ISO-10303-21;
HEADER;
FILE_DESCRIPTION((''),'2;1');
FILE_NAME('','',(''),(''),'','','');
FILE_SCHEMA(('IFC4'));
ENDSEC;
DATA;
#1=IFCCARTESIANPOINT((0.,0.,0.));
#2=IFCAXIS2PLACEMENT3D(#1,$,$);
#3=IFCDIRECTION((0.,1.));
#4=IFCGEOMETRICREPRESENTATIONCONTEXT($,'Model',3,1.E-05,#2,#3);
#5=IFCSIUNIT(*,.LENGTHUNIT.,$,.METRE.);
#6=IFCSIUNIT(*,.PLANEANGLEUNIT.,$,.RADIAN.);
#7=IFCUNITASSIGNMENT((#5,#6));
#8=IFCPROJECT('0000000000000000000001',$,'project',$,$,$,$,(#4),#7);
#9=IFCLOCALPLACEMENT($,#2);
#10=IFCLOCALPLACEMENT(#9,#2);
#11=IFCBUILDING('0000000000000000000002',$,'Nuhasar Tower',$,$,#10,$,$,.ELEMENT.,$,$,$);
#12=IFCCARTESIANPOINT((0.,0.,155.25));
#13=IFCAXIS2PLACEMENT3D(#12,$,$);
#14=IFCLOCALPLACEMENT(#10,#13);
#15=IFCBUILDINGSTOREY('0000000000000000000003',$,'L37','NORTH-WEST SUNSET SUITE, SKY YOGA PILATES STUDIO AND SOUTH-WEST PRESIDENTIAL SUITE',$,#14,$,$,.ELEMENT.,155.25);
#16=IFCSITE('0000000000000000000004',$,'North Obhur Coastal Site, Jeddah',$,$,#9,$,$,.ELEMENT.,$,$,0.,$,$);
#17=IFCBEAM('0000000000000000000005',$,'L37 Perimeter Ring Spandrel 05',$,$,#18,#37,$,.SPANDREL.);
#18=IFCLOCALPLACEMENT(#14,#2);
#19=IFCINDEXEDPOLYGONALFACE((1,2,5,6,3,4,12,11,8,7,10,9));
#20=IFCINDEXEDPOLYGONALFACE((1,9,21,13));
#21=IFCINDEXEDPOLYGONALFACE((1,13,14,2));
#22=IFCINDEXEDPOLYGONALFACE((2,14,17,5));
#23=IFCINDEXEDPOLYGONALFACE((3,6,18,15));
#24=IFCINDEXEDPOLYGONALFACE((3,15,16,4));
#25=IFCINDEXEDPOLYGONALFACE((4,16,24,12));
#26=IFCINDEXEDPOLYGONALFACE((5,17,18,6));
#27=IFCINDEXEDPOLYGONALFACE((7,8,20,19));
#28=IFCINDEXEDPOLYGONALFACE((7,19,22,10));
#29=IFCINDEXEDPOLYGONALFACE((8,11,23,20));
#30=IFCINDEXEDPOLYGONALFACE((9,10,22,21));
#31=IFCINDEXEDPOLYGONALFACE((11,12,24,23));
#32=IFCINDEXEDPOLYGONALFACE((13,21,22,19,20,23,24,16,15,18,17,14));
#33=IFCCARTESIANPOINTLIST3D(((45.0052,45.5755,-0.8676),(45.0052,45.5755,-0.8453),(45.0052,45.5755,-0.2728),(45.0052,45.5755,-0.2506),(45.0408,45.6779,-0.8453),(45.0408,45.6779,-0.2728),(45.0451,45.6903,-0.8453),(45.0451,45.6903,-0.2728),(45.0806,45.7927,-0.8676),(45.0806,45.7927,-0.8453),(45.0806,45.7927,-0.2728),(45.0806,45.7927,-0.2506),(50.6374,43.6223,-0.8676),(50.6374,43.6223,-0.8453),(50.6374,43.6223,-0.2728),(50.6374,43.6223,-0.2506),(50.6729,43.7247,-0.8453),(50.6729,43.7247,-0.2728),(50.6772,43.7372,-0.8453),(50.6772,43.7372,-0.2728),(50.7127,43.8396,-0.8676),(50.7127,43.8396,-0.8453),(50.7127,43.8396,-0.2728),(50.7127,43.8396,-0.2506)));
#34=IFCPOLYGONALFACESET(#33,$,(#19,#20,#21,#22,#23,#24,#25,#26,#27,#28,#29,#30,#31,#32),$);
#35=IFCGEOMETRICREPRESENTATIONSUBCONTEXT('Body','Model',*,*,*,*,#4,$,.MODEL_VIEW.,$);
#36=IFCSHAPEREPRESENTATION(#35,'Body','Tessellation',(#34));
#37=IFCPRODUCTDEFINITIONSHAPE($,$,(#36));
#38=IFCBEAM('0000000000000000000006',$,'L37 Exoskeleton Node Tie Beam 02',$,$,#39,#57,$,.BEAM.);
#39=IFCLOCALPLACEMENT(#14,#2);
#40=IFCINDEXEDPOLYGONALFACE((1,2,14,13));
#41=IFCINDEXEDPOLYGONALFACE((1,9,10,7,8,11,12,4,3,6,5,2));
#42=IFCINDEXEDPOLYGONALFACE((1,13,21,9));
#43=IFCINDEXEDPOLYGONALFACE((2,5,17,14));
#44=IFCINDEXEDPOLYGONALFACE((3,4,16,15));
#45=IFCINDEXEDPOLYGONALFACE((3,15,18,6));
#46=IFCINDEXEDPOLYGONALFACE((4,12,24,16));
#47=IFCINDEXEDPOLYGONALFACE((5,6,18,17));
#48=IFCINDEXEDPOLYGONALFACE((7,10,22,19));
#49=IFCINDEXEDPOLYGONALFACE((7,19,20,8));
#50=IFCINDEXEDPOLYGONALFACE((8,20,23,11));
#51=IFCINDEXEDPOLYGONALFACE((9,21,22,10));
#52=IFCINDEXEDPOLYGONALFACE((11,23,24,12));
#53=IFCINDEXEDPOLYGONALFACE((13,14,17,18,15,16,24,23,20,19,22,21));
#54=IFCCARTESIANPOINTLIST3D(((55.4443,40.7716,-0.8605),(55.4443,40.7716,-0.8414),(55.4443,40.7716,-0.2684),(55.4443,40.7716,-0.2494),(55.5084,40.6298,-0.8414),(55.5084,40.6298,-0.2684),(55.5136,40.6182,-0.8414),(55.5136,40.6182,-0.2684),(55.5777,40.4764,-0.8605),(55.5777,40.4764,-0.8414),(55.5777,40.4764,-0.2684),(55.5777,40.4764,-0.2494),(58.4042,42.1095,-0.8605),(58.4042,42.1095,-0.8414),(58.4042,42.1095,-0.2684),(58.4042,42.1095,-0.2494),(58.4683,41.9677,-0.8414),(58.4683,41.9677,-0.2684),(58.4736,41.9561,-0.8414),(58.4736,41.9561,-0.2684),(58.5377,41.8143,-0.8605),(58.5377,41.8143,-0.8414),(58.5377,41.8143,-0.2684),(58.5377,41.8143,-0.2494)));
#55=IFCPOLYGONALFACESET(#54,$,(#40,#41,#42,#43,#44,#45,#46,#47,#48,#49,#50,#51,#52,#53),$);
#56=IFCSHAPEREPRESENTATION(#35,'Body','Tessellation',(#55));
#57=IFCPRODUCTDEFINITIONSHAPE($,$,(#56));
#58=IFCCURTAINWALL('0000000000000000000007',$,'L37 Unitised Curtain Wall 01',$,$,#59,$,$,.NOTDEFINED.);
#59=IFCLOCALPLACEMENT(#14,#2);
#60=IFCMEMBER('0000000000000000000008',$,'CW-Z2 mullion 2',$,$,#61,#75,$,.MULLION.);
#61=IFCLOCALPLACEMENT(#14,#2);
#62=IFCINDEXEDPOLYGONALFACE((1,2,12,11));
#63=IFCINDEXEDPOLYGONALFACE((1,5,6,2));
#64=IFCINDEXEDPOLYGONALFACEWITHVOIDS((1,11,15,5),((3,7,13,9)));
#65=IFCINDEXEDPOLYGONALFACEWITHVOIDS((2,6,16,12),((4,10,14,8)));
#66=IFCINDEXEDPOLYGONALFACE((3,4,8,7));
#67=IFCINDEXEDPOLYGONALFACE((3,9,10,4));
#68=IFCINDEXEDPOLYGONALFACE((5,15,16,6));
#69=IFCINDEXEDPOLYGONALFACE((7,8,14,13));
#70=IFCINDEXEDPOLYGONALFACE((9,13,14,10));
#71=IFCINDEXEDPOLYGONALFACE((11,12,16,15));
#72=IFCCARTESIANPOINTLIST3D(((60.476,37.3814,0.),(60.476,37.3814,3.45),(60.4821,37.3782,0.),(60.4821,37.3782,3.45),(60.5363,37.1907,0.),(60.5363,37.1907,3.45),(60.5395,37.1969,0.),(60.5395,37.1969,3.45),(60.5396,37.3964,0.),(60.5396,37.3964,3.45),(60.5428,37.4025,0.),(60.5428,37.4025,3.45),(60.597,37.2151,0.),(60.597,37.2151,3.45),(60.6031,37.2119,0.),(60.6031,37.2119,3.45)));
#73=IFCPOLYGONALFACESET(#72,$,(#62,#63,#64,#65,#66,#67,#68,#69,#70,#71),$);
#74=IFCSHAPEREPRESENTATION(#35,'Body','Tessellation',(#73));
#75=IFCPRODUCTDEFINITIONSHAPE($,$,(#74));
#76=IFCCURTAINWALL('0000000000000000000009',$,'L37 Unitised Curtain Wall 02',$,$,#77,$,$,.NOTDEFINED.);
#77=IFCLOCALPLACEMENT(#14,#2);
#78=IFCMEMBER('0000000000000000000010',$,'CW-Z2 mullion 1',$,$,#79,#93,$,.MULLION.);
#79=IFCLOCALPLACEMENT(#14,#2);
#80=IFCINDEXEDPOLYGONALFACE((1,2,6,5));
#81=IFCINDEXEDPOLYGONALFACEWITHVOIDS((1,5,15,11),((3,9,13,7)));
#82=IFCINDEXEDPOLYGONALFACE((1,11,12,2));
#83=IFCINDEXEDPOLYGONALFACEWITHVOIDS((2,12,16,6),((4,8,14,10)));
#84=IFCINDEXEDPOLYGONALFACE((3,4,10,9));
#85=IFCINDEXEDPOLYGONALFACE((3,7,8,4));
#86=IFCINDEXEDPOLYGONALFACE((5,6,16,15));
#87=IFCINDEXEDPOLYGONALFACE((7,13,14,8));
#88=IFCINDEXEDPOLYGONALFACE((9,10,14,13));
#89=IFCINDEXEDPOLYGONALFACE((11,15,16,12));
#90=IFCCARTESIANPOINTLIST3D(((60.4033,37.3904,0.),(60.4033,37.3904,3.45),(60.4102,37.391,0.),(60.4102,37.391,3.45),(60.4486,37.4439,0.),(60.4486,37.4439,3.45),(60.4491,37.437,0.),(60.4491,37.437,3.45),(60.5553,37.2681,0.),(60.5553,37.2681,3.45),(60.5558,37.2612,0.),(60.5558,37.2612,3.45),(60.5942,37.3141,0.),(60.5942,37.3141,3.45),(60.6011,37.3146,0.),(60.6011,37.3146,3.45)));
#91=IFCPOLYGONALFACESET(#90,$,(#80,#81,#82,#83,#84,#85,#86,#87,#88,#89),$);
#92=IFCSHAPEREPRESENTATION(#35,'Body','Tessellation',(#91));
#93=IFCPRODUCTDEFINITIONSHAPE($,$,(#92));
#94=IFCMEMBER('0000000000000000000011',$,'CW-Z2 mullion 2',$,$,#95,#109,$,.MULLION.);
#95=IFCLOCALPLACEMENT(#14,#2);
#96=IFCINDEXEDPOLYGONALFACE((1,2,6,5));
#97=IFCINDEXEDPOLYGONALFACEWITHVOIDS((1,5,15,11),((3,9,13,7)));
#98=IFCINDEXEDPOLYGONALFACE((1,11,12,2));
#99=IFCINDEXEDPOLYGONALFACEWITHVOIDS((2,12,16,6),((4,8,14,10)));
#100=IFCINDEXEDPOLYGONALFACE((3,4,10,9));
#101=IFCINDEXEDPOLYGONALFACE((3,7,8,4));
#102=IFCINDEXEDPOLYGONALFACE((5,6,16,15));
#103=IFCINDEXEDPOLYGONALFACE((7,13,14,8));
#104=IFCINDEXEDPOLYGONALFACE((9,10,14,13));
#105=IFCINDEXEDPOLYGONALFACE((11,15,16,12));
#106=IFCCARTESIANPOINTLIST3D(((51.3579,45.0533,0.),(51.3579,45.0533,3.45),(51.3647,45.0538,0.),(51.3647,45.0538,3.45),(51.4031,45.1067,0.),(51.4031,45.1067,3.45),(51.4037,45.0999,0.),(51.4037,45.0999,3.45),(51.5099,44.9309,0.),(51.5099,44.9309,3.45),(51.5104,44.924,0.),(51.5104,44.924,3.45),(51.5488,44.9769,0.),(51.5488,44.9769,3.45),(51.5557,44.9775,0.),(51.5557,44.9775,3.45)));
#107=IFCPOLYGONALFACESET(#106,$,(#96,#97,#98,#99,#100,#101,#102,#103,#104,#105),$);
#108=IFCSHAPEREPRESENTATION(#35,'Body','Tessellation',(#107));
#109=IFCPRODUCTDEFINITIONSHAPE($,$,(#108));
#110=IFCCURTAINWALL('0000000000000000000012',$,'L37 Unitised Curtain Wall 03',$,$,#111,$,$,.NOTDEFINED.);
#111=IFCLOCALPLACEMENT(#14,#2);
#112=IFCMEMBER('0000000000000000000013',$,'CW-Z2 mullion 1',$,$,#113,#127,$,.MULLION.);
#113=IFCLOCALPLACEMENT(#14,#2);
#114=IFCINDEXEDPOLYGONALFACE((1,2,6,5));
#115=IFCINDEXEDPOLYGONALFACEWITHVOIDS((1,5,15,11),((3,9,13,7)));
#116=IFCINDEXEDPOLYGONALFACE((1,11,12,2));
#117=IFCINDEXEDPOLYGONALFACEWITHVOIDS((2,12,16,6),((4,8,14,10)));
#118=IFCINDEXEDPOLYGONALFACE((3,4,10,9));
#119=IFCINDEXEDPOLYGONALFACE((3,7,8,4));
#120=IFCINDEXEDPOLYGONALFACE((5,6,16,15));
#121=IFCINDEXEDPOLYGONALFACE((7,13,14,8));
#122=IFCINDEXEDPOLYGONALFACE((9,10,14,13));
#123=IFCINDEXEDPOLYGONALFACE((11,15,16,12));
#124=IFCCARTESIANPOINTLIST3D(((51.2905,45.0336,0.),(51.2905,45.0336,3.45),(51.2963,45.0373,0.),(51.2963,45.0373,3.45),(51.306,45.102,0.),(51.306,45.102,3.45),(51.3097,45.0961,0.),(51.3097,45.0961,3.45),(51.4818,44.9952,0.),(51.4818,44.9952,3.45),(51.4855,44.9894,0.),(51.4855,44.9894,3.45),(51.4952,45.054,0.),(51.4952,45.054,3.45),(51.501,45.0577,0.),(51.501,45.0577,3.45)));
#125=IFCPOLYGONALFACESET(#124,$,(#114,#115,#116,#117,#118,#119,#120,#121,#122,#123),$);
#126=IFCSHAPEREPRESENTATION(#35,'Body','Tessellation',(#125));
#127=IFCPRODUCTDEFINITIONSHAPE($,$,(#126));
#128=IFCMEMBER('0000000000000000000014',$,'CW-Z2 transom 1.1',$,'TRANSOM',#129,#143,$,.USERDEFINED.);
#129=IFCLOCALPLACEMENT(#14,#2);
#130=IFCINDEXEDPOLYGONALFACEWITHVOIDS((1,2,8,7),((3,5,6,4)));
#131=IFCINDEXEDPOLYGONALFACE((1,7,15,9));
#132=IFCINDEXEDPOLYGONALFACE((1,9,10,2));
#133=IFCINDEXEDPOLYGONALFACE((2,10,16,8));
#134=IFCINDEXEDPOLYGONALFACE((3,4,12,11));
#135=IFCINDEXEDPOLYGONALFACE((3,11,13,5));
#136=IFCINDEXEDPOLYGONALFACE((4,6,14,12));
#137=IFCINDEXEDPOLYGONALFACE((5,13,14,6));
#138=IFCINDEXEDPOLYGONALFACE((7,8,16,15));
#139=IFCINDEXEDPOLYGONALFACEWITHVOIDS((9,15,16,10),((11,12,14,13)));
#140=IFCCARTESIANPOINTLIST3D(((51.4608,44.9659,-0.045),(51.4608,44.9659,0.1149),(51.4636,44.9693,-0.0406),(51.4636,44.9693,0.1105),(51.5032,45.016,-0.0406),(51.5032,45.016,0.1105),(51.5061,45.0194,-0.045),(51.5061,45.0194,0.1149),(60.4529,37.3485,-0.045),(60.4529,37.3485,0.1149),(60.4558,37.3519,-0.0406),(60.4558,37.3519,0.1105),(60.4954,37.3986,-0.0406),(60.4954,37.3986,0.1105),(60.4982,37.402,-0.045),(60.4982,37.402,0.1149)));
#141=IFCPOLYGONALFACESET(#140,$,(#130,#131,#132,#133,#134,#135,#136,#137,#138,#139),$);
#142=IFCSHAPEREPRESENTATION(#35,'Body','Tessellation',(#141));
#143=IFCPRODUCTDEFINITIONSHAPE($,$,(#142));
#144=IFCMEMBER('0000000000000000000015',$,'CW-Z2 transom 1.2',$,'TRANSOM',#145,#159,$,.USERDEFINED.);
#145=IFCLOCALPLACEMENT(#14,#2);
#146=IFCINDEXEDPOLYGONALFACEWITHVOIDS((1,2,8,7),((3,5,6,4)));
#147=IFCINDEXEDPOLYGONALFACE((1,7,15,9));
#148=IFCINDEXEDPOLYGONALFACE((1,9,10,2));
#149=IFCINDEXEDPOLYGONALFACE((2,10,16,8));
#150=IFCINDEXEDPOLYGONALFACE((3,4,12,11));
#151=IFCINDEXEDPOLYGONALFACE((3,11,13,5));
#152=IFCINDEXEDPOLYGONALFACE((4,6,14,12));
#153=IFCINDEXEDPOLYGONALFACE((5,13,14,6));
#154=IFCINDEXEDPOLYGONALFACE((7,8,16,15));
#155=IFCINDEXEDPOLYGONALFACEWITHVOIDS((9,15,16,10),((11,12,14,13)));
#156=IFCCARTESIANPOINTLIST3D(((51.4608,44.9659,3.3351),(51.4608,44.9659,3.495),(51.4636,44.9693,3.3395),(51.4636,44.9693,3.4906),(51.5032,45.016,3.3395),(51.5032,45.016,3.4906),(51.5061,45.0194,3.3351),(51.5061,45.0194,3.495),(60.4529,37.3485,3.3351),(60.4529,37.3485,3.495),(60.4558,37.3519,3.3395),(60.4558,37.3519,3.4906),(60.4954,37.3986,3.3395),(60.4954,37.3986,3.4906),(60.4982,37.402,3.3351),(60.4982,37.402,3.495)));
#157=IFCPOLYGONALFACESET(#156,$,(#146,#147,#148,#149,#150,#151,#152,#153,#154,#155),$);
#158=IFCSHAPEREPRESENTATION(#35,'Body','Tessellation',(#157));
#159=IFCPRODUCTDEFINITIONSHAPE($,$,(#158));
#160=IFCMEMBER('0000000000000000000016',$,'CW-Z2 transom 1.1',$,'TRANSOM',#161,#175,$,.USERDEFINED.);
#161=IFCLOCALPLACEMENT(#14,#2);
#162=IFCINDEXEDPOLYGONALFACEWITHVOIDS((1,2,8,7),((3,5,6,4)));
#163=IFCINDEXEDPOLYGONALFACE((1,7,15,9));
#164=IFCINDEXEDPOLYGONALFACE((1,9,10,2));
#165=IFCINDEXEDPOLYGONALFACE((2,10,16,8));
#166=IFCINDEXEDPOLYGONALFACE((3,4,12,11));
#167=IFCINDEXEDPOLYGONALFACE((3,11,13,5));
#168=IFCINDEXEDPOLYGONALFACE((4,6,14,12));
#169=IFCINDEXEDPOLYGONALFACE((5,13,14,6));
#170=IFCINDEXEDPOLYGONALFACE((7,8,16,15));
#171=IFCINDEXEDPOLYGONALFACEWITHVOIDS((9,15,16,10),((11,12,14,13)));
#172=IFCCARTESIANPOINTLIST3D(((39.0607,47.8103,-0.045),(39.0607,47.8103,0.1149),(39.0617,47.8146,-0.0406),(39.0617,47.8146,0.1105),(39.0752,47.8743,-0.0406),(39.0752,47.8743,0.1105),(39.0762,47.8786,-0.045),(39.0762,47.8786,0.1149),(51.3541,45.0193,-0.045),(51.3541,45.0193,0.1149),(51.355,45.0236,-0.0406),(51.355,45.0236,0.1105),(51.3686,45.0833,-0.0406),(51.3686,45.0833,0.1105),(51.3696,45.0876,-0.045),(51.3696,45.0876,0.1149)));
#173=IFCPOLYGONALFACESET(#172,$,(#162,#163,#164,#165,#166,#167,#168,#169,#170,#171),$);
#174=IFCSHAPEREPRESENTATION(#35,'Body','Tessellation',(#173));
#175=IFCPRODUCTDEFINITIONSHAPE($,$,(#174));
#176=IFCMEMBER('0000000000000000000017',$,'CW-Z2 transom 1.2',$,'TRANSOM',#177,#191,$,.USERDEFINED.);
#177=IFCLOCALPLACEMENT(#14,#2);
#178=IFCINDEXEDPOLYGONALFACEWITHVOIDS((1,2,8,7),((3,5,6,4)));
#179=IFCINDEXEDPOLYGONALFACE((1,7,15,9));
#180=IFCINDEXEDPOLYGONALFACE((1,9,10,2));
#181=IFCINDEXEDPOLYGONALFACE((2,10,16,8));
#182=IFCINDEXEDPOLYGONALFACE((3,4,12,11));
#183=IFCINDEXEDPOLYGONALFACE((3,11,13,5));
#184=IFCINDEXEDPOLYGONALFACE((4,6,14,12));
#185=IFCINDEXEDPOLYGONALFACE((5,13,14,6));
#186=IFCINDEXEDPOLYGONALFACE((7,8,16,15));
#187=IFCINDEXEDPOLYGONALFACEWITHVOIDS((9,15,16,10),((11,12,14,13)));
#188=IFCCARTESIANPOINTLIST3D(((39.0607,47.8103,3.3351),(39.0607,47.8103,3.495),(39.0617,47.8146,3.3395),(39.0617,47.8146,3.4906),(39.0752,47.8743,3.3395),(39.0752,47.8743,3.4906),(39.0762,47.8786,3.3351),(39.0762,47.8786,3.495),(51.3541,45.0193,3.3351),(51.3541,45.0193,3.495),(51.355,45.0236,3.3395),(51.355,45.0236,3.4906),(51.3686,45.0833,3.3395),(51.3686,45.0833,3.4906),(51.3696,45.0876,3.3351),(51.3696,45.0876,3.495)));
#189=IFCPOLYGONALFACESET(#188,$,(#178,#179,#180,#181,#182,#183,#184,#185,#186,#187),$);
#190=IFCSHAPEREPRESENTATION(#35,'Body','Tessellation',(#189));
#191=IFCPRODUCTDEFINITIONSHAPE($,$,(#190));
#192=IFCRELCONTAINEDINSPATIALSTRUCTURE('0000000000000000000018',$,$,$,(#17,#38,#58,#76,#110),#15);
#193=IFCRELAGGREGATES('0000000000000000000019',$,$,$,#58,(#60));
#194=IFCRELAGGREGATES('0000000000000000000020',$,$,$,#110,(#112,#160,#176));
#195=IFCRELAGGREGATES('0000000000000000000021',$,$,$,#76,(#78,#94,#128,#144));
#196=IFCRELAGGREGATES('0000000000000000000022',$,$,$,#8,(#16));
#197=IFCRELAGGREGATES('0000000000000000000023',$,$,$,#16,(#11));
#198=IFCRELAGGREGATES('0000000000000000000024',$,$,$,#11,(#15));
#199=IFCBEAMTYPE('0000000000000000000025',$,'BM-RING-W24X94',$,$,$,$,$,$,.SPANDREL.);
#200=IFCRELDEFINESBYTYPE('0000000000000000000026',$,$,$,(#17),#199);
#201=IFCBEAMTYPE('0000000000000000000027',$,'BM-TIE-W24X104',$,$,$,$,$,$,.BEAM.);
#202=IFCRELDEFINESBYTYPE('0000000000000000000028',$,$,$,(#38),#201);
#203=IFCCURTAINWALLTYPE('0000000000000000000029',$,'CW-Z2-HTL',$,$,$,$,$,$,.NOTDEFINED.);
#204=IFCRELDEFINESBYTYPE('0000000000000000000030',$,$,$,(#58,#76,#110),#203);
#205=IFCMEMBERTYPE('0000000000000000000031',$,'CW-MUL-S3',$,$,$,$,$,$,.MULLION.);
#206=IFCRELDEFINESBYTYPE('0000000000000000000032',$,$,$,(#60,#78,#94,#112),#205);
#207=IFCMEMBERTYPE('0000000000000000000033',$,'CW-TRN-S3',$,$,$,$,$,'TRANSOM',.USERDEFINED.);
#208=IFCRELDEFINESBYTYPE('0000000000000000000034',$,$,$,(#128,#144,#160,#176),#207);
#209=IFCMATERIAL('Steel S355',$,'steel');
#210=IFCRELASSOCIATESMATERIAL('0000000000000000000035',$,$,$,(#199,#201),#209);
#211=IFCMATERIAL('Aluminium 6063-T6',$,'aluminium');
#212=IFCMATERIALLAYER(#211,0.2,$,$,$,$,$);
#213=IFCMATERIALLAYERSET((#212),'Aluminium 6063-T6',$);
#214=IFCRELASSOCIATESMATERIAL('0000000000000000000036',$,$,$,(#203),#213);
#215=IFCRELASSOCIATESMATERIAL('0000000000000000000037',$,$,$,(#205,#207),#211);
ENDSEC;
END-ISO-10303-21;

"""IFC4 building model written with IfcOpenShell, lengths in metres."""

from ifc_helpers import new_model, si_unit, direction, frame, origin, origin_2d, place, context, subcontext, project, spatial, hollow_rectangle, i_section, extrude, material, layer, layer_set, material_profile, profile_set, type_object, element, aggregate, save


model = new_model("IFC4")

# Units and contexts
model_context = context("Model", 3, precision=1e-05, world=origin(), true_north=direction((0.0, 1.0)))
body_context = subcontext(model_context, "Body", "Model", "MODEL_VIEW")
ifc_project = project(units=[si_unit("LENGTHUNIT", "METRE"), si_unit("PLANEANGLEUNIT", "RADIAN")], contexts=[model_context])

# Site, building, storey
site_placement = place(None, origin())
site = spatial("IfcSite", under=ifc_project, at=site_placement, Name="North Obhur Coastal Site, Jeddah", CompositionType="ELEMENT", RefElevation=0.0)
building_placement = place(site_placement, origin())
building = spatial("IfcBuilding", under=site, at=building_placement, Name="Nuhasar Tower", CompositionType="ELEMENT")
storey_placement = place(building_placement, frame((0.0, 0.0, 155.25)))
storey = spatial("IfcBuildingStorey", under=building, at=storey_placement, Name="L37", Description="NORTH-WEST SUNSET SUITE, SKY YOGA PILATES STUDIO AND SOUTH-WEST PRESIDENTIAL SUITE", CompositionType="ELEMENT", Elevation=155.25)

# Beams
ifc_material_1 = material(Name="Steel S355", Category="steel")
ifc_material_profile_1 = material_profile(ifc_material_1, i_section(OverallWidth=0.23, OverallDepth=0.6169, WebThickness=0.0132, FlangeThickness=0.0222, at=origin_2d()), Name="W24X94")
ifc_profile_set_1 = profile_set([ifc_material_profile_1], Name="Steel S355")
beam_type_1 = type_object("IfcBeamType", Name="BM-RING-W24X94", PredefinedType="SPANDREL", material=ifc_profile_set_1)
beam_1_placement = place(storey_placement, frame((50.675, 43.731, -0.5591), z_axis=(-0.944801, 0.327644, 0.0), x_axis=(-0.327644, -0.944801, 0.0)))
element("IfcBeam", 1, at=beam_1_placement, inside=storey, type_object=beam_type_1, Name="L37 Perimeter Ring Spandrel 05", PredefinedType="SPANDREL", context=body_context, shape_type="SweptSolid", body=[
    extrude(i_section(OverallWidth=0.23, OverallDepth=0.6169, WebThickness=0.0132, FlangeThickness=0.0222, at=origin_2d()), origin(), (0.0, 0.0, 1.0), 5.9612),
])
ifc_material_profile_2 = material_profile(ifc_material_1, i_section(OverallWidth=0.324, OverallDepth=0.6111, WebThickness=0.0127, FlangeThickness=0.019, at=origin_2d()), Name="W24X104")
ifc_profile_set_2 = profile_set([ifc_material_profile_2], Name="Steel S355")
beam_type_2 = type_object("IfcBeamType", Name="BM-TIE-W24X104", PredefinedType="BEAM", material=ifc_profile_set_2)
beam_2_placement = place(storey_placement, frame((55.511, 40.624, -0.5549), z_axis=(0.91124, 0.411877, 0.0), x_axis=(-0.411877, 0.91124, 0.0)))
element("IfcBeam", 2, at=beam_2_placement, inside=storey, type_object=beam_type_2, Name="L37 Exoskeleton Node Tie Beam 02", PredefinedType="BEAM", context=body_context, shape_type="SweptSolid", body=[
    extrude(i_section(OverallWidth=0.324, OverallDepth=0.6111, WebThickness=0.0127, FlangeThickness=0.019, at=origin_2d()), origin(), (0.0, 0.0, 1.0), 3.2483),
])

# Curtain wall, member
ifc_material_2 = material(Name="Aluminium 6063-T6", Category="aluminium")
ifc_layer_1 = layer(ifc_material_2, 0.2)
ifc_layer_set_1 = layer_set([ifc_layer_1], Name="Aluminium 6063-T6")
curtain_wall_type = type_object("IfcCurtainWallType", Name="CW-Z2-HTL", PredefinedType="NOTDEFINED", material=ifc_layer_set_1)
curtain_wall_1_placement = place(storey_placement, origin())
curtain_wall_1 = element("IfcCurtainWall", 3, at=curtain_wall_1_placement, inside=storey, type_object=curtain_wall_type, Name="L37 Unitised Curtain Wall 01", PredefinedType="NOTDEFINED")
ifc_material_profile_3 = material_profile(ifc_material_2, hollow_rectangle(XDim=0.0701, YDim=0.2, WallThickness=0.0049, at=origin_2d()), Name="CWM-3")
ifc_profile_set_3 = profile_set([ifc_material_profile_3], Name="Aluminium 6063-T6")
member_type_1 = type_object("IfcMemberType", Name="CW-MUL-S3", PredefinedType="MULLION", material=ifc_profile_set_3)
member_1_placement = place(storey_placement, frame((60.5396, 37.2966, 0.0), z_axis=(0.0, 0.0, 1.0), x_axis=(-0.953433, -0.301604, 0.0)))
member_1 = element("IfcMember", 4, at=member_1_placement, type_object=member_type_1, Name="CW-Z2 mullion 2", PredefinedType="MULLION", context=body_context, shape_type="SweptSolid", body=[
    extrude(hollow_rectangle(XDim=0.0701, YDim=0.2, WallThickness=0.0049, at=origin_2d()), origin(), (0.0, 0.0, 1.0), 3.45),
])
aggregate(curtain_wall_1, [member_1])

# Curtain wall, members
curtain_wall_2_placement = place(storey_placement, origin())
curtain_wall_2 = element("IfcCurtainWall", 5, at=curtain_wall_2_placement, inside=storey, type_object=curtain_wall_type, Name="L37 Unitised Curtain Wall 02", PredefinedType="NOTDEFINED")
member_2_placement = place(storey_placement, frame((60.5022, 37.3525, 0.0), z_axis=(0.0, 0.0, 1.0), x_axis=(-0.646374, -0.76302, 0.0)))
member_2 = element("IfcMember", 6, at=member_2_placement, type_object=member_type_1, Name="CW-Z2 mullion 1", PredefinedType="MULLION", context=body_context, shape_type="SweptSolid", body=[
    extrude(hollow_rectangle(XDim=0.0701, YDim=0.2, WallThickness=0.0049, at=origin_2d()), origin(), (0.0, 0.0, 1.0), 3.45),
])
member_3_placement = place(storey_placement, frame((51.4568, 45.0154, 0.0), z_axis=(0.0, 0.0, 1.0), x_axis=(-0.646374, -0.76302, 0.0)))
member_3 = element("IfcMember", 7, at=member_3_placement, type_object=member_type_1, Name="CW-Z2 mullion 2", PredefinedType="MULLION", context=body_context, shape_type="SweptSolid", body=[
    extrude(hollow_rectangle(XDim=0.0701, YDim=0.2, WallThickness=0.0049, at=origin_2d()), origin(), (0.0, 0.0, 1.0), 3.45),
])

# Curtain wall, member
curtain_wall_3_placement = place(storey_placement, origin())
curtain_wall_3 = element("IfcCurtainWall", 8, at=curtain_wall_3_placement, inside=storey, type_object=curtain_wall_type, Name="L37 Unitised Curtain Wall 03", PredefinedType="NOTDEFINED")
member_4_placement = place(storey_placement, frame((51.3958, 45.0457, 0.0), z_axis=(0.0, 0.0, 1.0), x_axis=(-0.221397, -0.975184, 0.0)))
member_4 = element("IfcMember", 9, at=member_4_placement, type_object=member_type_1, Name="CW-Z2 mullion 1", PredefinedType="MULLION", context=body_context, shape_type="SweptSolid", body=[
    extrude(hollow_rectangle(XDim=0.0701, YDim=0.2, WallThickness=0.0049, at=origin_2d()), origin(), (0.0, 0.0, 1.0), 3.45),
])

# Members
ifc_material_profile_4 = material_profile(ifc_material_2, hollow_rectangle(XDim=0.0701, YDim=0.1599, WallThickness=0.0044, at=origin_2d()), Name="CWT-3")
ifc_profile_set_4 = profile_set([ifc_material_profile_4], Name="Aluminium 6063-T6")
member_type_2 = type_object("IfcMemberType", Name="CW-TRN-S3", ElementType="TRANSOM", PredefinedType="USERDEFINED", material=ifc_profile_set_4)
member_5_placement = place(storey_placement, frame((60.4756, 37.3752, 0.0349), z_axis=(-0.763024, 0.64637, 0.0), x_axis=(-0.64637, -0.763024, 0.0)))
member_5 = element("IfcMember", 10, at=member_5_placement, type_object=member_type_2, Name="CW-Z2 transom 1.1", ObjectType="TRANSOM", PredefinedType="USERDEFINED", context=body_context, shape_type="SweptSolid", body=[
    extrude(hollow_rectangle(XDim=0.0701, YDim=0.1599, WallThickness=0.0044, at=origin_2d()), origin(), (0.0, 0.0, 1.0), 11.7849),
])
member_6_placement = place(storey_placement, frame((60.4756, 37.3752, 3.415), z_axis=(-0.763024, 0.64637, 0.0), x_axis=(-0.64637, -0.763024, 0.0)))
member_6 = element("IfcMember", 11, at=member_6_placement, type_object=member_type_2, Name="CW-Z2 transom 1.2", ObjectType="TRANSOM", PredefinedType="USERDEFINED", context=body_context, shape_type="SweptSolid", body=[
    extrude(hollow_rectangle(XDim=0.0701, YDim=0.1599, WallThickness=0.0044, at=origin_2d()), origin(), (0.0, 0.0, 1.0), 11.7849),
])
member_7_placement = place(storey_placement, frame((51.3618, 45.0535, 0.0349), z_axis=(-0.975183, 0.221398, 0.0), x_axis=(-0.221398, -0.975183, 0.0)))
member_7 = element("IfcMember", 12, at=member_7_placement, type_object=member_type_2, Name="CW-Z2 transom 1.1", ObjectType="TRANSOM", PredefinedType="USERDEFINED", context=body_context, shape_type="SweptSolid", body=[
    extrude(hollow_rectangle(XDim=0.0701, YDim=0.1599, WallThickness=0.0044, at=origin_2d()), origin(), (0.0, 0.0, 1.0), 12.6062),
])
member_8_placement = place(storey_placement, frame((51.3618, 45.0535, 3.415), z_axis=(-0.975183, 0.221398, 0.0), x_axis=(-0.221398, -0.975183, 0.0)))
member_8 = element("IfcMember", 13, at=member_8_placement, type_object=member_type_2, Name="CW-Z2 transom 1.2", ObjectType="TRANSOM", PredefinedType="USERDEFINED", context=body_context, shape_type="SweptSolid", body=[
    extrude(hollow_rectangle(XDim=0.0701, YDim=0.1599, WallThickness=0.0044, at=origin_2d()), origin(), (0.0, 0.0, 1.0), 12.6062),
])
aggregate(curtain_wall_3, [member_4, member_7, member_8])

aggregate(curtain_wall_2, [member_2, member_3, member_5, member_6])

save(model, "model.ifc")
